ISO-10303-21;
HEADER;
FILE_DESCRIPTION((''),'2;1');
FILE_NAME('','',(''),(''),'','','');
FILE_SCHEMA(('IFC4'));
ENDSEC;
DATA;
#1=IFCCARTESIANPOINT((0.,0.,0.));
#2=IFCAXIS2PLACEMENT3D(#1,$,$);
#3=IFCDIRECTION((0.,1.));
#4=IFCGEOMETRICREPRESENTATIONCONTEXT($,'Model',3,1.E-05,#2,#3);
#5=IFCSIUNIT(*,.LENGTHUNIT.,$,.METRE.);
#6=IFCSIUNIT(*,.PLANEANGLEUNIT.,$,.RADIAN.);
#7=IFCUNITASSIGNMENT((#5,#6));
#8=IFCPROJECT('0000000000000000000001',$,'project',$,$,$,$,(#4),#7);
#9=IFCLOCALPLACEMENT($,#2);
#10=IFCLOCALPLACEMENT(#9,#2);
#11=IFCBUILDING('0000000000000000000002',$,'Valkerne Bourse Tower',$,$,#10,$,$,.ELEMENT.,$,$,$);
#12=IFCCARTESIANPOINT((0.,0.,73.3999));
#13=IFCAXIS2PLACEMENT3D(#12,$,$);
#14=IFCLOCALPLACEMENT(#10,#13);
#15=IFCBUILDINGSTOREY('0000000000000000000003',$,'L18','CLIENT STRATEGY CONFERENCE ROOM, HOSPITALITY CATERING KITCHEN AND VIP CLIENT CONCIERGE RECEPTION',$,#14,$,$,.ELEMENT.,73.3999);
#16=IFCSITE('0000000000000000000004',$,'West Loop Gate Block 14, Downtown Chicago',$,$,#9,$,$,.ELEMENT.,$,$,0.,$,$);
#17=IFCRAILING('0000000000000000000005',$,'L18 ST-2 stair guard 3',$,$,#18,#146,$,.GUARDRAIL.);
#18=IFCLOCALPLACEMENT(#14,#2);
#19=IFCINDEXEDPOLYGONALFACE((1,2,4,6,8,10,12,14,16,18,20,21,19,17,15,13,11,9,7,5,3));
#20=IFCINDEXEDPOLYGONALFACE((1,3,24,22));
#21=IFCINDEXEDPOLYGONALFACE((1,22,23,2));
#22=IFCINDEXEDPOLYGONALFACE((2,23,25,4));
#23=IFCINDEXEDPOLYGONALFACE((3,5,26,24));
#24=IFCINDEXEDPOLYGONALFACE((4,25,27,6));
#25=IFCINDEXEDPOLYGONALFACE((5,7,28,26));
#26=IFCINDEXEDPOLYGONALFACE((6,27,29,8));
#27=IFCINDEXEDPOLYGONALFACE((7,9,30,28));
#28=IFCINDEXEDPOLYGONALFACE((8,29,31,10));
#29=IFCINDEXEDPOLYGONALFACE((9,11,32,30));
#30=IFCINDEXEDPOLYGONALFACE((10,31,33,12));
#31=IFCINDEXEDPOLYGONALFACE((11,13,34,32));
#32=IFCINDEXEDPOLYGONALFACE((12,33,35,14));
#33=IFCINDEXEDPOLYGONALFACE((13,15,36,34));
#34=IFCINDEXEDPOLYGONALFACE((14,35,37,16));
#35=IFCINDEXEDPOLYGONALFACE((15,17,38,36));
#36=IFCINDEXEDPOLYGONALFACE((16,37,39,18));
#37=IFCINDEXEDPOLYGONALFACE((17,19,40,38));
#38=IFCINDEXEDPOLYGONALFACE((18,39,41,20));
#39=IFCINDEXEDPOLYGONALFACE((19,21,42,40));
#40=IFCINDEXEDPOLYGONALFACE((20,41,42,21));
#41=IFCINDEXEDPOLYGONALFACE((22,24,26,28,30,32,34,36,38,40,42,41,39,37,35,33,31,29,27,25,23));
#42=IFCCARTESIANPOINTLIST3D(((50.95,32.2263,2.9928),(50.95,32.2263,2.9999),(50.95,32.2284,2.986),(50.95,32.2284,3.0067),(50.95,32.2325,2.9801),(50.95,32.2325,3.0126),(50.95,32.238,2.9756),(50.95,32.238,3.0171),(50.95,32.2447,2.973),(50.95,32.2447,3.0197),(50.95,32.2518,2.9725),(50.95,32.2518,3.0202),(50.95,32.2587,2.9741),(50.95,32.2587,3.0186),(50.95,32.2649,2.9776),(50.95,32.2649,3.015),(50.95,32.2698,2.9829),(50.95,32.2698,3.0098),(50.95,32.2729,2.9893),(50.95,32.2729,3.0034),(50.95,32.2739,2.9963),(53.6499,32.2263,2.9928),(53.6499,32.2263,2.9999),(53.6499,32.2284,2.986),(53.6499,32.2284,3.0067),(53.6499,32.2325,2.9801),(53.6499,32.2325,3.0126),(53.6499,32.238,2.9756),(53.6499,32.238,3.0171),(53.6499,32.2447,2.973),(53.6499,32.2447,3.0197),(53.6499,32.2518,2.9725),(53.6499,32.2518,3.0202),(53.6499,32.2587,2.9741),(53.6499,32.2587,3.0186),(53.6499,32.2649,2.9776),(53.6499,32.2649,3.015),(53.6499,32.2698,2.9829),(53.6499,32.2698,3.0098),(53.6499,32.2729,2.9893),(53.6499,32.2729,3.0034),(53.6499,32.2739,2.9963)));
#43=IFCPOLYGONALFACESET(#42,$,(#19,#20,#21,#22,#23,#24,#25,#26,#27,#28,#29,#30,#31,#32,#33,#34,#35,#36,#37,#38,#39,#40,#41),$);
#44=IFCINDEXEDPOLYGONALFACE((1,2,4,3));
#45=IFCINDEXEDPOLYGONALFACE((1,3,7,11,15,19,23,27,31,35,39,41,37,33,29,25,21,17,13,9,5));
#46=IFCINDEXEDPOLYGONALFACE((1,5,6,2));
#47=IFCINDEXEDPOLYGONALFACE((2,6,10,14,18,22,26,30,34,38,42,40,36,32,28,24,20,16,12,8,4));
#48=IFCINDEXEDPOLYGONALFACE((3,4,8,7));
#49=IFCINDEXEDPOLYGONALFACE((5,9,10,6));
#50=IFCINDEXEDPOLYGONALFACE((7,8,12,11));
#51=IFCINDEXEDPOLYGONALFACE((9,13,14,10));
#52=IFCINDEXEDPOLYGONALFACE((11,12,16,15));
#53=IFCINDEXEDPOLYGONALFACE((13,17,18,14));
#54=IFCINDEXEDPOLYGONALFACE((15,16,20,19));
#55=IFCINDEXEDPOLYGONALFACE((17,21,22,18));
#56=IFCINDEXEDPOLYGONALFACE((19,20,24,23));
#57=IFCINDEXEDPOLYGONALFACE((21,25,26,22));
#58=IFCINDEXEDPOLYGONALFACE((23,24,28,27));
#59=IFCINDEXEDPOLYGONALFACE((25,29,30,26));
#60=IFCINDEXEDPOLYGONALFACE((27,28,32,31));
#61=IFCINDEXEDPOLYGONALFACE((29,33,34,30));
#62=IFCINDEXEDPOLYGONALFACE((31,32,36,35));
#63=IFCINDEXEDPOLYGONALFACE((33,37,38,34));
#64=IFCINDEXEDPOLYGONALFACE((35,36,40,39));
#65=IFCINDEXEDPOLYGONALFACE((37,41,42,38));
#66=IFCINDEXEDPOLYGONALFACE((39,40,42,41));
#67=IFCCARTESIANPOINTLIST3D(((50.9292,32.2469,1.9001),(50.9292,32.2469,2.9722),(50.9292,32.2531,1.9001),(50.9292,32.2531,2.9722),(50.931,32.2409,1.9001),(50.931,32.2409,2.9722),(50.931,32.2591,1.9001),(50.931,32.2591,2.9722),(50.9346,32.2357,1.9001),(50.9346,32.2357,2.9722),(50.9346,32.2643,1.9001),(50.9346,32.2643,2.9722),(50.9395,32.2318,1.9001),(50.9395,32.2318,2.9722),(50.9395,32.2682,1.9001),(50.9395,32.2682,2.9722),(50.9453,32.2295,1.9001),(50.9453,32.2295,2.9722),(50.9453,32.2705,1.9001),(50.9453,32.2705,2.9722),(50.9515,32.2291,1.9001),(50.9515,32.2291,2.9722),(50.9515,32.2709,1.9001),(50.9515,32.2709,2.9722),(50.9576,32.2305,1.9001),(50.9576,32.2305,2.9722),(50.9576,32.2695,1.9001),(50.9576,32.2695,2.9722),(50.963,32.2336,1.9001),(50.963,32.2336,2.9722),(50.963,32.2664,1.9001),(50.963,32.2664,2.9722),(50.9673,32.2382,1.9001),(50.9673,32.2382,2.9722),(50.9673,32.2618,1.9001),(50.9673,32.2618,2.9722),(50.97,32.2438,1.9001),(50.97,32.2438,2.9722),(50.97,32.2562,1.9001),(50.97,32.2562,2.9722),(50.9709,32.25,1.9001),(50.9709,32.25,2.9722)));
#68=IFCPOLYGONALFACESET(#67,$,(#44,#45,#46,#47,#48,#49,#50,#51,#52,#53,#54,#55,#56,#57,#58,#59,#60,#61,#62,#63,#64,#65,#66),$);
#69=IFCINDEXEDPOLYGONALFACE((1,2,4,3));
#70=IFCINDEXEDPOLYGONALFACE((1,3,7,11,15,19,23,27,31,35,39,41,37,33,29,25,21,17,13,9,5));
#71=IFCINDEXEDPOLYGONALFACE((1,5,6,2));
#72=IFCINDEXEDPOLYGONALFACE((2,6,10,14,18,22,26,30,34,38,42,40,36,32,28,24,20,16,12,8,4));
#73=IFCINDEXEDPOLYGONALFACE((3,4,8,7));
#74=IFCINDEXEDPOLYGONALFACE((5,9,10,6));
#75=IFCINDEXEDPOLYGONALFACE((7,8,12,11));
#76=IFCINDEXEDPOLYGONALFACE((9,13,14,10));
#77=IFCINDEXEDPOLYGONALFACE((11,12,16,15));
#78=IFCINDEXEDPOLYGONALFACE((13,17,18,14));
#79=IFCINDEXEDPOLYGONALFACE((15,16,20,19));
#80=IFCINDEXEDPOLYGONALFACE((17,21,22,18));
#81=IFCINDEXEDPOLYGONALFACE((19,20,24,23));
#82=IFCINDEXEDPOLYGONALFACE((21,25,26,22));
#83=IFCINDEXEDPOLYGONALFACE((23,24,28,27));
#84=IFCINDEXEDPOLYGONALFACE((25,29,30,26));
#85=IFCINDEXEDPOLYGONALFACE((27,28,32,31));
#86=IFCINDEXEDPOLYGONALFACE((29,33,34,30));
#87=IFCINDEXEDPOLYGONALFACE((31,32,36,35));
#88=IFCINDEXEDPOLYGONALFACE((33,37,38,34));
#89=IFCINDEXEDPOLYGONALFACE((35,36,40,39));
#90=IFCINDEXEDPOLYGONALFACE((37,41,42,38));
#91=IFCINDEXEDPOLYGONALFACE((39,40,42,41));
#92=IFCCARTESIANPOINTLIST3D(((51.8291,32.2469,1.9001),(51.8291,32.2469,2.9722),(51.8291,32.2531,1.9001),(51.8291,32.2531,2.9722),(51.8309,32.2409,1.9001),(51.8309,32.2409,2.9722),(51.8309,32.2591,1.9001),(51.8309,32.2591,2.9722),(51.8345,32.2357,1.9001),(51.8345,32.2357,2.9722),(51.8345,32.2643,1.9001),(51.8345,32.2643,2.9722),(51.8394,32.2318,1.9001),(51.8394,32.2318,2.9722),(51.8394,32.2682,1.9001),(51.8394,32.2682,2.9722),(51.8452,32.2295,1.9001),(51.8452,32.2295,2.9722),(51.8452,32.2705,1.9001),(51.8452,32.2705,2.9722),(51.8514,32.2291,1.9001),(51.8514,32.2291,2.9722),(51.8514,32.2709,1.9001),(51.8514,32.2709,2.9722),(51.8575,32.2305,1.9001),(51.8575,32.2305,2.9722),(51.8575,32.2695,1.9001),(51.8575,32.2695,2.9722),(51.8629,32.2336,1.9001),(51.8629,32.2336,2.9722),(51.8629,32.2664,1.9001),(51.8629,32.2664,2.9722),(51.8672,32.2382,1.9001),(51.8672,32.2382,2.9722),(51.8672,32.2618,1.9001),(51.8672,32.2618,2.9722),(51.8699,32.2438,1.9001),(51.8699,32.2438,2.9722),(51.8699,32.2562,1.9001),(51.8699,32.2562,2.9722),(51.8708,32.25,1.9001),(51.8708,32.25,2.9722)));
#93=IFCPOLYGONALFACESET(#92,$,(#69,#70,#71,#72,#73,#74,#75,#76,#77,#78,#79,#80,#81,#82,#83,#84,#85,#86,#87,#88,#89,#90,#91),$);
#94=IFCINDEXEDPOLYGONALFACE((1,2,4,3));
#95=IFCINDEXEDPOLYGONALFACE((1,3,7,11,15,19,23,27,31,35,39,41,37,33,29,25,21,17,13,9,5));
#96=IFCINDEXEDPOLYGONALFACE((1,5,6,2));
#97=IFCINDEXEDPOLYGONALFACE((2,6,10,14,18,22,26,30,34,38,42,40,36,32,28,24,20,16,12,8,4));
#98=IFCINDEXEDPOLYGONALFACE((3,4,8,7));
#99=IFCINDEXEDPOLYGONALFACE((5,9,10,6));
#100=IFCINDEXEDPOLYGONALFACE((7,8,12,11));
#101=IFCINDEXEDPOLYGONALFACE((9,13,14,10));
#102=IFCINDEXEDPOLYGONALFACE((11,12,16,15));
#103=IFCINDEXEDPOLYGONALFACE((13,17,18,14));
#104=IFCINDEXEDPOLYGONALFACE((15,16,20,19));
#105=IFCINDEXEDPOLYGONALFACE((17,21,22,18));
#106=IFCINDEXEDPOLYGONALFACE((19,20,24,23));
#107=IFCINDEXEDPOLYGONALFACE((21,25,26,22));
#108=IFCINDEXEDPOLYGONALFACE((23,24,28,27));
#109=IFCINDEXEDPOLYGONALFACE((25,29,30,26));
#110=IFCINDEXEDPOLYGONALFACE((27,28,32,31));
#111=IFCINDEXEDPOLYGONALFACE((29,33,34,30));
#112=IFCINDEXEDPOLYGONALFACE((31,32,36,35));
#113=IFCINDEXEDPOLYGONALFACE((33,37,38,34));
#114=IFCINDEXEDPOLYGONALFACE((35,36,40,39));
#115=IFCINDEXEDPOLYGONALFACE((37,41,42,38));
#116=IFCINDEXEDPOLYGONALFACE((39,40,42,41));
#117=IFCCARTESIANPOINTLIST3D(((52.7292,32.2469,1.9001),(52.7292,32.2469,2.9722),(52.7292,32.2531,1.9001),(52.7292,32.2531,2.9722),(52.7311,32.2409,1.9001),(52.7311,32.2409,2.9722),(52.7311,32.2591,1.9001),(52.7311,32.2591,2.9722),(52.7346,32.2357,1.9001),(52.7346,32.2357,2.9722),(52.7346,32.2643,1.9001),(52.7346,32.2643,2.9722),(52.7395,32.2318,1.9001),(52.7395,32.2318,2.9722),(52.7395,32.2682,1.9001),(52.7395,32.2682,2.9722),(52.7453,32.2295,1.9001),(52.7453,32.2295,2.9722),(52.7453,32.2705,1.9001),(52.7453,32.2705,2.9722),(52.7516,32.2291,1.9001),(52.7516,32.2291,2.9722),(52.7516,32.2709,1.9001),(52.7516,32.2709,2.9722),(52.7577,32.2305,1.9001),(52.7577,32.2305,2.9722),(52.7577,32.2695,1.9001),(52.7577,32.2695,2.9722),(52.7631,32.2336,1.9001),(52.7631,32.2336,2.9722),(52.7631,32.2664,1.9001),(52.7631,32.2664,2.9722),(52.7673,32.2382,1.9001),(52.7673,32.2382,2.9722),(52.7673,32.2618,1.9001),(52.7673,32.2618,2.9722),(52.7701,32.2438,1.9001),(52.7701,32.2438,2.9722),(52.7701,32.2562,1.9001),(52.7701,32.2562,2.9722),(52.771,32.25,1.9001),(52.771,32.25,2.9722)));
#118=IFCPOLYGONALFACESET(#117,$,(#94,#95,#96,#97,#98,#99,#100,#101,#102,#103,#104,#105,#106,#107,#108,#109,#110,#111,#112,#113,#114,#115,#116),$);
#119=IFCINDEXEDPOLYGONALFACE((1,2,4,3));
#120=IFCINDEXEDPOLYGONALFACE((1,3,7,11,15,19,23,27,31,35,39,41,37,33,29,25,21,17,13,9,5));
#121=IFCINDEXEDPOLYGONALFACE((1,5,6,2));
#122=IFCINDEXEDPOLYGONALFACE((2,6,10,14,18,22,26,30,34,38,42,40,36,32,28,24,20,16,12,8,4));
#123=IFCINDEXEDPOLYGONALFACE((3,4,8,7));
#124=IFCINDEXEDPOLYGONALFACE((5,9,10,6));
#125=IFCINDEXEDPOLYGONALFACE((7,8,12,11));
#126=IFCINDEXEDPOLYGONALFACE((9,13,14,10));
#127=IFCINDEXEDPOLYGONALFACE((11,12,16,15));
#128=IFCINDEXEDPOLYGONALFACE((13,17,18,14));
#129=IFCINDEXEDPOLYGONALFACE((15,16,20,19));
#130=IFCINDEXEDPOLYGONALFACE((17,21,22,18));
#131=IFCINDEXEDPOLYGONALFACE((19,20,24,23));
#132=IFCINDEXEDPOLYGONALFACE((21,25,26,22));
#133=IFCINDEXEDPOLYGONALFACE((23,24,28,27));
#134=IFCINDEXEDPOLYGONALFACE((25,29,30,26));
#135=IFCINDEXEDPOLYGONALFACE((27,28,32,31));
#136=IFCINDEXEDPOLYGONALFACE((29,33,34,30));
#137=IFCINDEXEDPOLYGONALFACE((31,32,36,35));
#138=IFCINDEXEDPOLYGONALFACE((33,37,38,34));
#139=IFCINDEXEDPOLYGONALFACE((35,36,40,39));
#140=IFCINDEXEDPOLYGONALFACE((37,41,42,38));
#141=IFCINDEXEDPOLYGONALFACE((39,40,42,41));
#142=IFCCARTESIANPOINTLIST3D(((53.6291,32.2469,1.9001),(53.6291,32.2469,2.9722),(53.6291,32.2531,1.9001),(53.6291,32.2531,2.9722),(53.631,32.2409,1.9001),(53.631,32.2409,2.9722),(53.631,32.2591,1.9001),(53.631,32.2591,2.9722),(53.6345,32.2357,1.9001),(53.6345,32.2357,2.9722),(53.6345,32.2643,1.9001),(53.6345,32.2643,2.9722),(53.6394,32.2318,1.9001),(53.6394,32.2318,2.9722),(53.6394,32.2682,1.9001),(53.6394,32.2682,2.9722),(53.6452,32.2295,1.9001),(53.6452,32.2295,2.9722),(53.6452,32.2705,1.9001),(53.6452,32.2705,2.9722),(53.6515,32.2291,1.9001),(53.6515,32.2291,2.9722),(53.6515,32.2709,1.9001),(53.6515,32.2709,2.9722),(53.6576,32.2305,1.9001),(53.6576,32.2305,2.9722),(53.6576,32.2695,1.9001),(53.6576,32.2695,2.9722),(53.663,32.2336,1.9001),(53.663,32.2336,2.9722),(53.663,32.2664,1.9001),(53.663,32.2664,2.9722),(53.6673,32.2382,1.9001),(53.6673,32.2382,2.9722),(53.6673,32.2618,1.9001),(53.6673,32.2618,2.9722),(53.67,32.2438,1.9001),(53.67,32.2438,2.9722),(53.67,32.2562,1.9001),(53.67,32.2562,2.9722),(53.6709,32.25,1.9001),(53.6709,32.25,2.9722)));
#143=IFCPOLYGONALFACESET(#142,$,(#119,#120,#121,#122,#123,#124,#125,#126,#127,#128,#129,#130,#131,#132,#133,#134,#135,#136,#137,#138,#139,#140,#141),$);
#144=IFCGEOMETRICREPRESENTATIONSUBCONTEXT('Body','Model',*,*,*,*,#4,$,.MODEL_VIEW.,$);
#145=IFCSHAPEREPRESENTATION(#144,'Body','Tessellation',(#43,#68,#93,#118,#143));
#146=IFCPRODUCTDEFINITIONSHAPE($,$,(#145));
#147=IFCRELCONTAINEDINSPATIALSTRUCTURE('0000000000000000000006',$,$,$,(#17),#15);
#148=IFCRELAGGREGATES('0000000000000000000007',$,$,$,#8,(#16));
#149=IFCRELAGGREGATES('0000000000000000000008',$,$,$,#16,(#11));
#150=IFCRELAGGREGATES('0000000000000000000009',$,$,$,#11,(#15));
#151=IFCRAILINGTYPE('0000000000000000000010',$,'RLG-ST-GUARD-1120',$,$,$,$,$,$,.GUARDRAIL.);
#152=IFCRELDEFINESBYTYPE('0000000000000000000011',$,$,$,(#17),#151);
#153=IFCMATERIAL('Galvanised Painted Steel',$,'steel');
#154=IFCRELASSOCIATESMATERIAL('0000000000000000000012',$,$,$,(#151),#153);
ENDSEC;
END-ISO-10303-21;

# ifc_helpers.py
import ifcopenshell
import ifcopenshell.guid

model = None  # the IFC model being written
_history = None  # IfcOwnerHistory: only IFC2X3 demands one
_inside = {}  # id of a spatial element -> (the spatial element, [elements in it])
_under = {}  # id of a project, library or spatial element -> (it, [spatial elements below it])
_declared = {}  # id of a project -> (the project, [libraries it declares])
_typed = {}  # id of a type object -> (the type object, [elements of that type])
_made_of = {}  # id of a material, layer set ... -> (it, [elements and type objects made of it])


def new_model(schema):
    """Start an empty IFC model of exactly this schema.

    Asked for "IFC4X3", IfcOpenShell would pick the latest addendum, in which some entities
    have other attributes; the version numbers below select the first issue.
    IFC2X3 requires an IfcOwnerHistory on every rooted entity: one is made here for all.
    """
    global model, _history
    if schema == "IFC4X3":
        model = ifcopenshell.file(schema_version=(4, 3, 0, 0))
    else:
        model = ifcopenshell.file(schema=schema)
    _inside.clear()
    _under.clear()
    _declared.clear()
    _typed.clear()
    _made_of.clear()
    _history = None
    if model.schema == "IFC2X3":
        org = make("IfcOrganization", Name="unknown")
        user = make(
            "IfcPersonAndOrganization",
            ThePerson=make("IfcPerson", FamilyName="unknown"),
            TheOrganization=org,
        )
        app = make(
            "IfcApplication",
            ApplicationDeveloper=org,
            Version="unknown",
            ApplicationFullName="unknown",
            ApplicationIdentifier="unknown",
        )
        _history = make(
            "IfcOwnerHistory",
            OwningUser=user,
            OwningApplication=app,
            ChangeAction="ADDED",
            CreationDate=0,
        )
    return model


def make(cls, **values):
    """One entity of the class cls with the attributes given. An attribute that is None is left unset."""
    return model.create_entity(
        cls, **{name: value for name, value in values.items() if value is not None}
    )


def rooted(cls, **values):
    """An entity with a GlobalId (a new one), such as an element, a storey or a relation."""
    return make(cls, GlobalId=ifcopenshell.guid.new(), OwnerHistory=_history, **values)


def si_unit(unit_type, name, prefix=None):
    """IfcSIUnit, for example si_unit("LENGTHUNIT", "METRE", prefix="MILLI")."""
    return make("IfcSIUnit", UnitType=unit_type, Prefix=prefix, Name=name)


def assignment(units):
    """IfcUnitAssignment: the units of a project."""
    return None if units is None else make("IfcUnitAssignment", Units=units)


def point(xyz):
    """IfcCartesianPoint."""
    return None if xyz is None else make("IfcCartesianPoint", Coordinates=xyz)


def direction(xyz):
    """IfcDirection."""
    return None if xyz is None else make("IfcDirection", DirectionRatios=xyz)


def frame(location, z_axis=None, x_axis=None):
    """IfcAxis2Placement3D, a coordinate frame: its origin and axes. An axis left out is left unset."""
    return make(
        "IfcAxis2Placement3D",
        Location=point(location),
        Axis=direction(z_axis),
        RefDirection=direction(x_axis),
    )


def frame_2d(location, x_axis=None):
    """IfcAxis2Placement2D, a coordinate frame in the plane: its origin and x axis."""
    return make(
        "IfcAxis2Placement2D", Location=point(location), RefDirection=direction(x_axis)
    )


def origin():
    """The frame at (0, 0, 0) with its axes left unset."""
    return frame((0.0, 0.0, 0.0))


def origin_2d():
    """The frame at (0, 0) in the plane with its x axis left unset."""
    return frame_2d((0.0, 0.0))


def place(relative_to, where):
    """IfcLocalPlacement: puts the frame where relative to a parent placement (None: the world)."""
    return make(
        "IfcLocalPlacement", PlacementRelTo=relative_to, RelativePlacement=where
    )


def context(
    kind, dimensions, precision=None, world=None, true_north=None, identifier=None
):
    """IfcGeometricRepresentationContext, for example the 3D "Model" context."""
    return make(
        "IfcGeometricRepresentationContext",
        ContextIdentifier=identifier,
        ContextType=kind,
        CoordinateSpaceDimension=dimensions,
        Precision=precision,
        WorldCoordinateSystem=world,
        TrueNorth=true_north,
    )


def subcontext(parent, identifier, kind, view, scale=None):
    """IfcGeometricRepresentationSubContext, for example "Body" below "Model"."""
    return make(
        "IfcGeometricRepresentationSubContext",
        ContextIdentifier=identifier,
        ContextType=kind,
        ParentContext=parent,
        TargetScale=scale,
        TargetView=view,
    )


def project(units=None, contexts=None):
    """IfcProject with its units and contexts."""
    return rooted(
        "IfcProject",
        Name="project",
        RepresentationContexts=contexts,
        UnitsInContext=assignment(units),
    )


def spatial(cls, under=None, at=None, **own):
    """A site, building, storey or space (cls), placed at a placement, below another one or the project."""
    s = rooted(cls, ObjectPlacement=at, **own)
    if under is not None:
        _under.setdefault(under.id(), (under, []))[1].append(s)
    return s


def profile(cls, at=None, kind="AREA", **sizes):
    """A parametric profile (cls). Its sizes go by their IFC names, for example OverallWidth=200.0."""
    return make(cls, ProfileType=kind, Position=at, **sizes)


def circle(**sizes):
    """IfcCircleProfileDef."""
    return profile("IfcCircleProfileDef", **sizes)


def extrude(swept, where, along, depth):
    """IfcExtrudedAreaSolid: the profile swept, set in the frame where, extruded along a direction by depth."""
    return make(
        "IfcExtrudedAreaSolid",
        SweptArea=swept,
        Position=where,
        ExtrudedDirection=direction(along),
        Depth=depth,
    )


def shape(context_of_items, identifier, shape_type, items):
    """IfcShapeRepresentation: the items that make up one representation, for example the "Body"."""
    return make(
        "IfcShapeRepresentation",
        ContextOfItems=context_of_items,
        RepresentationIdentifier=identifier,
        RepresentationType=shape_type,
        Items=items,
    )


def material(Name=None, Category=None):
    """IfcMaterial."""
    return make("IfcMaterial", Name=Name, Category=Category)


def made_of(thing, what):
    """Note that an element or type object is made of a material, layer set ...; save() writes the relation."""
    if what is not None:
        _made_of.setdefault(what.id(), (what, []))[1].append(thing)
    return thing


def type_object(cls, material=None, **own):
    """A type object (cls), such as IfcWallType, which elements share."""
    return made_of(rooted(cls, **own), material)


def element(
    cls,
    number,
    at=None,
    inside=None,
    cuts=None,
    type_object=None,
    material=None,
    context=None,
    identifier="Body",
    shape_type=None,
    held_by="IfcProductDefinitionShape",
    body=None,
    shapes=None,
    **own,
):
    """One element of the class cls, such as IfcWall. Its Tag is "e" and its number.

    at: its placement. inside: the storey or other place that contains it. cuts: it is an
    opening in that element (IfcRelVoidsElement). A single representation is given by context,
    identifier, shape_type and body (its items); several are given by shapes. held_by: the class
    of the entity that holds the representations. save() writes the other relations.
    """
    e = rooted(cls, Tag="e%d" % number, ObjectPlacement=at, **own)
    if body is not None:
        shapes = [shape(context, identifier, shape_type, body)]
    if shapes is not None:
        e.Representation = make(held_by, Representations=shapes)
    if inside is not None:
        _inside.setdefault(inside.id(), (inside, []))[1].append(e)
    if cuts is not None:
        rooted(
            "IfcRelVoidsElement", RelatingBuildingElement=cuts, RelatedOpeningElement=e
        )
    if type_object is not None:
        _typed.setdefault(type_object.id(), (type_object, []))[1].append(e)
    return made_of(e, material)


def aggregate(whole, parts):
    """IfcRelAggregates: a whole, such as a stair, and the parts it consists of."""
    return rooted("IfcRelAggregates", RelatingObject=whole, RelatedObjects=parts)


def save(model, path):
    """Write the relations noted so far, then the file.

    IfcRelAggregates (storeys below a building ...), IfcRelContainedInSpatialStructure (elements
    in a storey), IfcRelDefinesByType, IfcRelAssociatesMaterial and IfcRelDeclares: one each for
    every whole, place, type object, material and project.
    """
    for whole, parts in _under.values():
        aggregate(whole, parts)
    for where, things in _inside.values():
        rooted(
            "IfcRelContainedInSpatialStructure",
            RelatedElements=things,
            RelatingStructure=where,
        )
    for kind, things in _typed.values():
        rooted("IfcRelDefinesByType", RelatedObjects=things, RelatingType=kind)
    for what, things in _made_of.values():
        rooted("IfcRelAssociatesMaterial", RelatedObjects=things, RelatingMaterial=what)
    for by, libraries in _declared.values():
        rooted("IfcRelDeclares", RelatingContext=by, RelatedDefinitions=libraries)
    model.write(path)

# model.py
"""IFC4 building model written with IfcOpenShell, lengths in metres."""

from ifc_helpers import new_model, si_unit, direction, frame, origin, origin_2d, place, context, subcontext, project, spatial, circle, extrude, material, type_object, element, save


model = new_model("IFC4")

# Units and contexts
model_context = context("Model", 3, precision=1e-05, world=origin(), true_north=direction((0.0, 1.0)))
body_context = subcontext(model_context, "Body", "Model", "MODEL_VIEW")
ifc_project = project(units=[si_unit("LENGTHUNIT", "METRE"), si_unit("PLANEANGLEUNIT", "RADIAN")], contexts=[model_context])

# Site, building, storey
site_placement = place(None, origin())
site = spatial("IfcSite", under=ifc_project, at=site_placement, Name="West Loop Gate Block 14, Downtown Chicago", CompositionType="ELEMENT", RefElevation=0.0)
building_placement = place(site_placement, origin())
building = spatial("IfcBuilding", under=site, at=building_placement, Name="Valkerne Bourse Tower", CompositionType="ELEMENT")
storey_placement = place(building_placement, frame((0.0, 0.0, 73.3999)))
storey = spatial("IfcBuildingStorey", under=building, at=storey_placement, Name="L18", Description="CLIENT STRATEGY CONFERENCE ROOM, HOSPITALITY CATERING KITCHEN AND VIP CLIENT CONCIERGE RECEPTION", CompositionType="ELEMENT", Elevation=73.3999)

# Railing
ifc_material_1 = material(Name="Galvanised Painted Steel", Category="steel")
railing_type_1 = type_object("IfcRailingType", Name="RLG-ST-GUARD-1120", PredefinedType="GUARDRAIL", material=ifc_material_1)
for number, where, name in (
    (1, (50.95, 32.25, 1.9001), "L18 ST-2 stair guard 3"),
):
    element("IfcRailing", number, at=place(storey_placement, frame(where)), inside=storey, type_object=railing_type_1, Name=name, PredefinedType="GUARDRAIL", context=body_context, shape_type="SweptSolid", body=[
        extrude(circle(Radius=0.0239, at=origin_2d()), frame((0.0, 0.0, 1.0962), z_axis=(1.0, 0.0, 0.0), x_axis=(0.0, 1.0, 0.0)), (0.0, 0.0, 1.0), 2.7),
        extrude(circle(Radius=0.021, at=origin_2d()), origin(), (0.0, 0.0, 1.0), 1.072),
        extrude(circle(Radius=0.021, at=origin_2d()), frame((0.8999, 0.0, 0.0)), (0.0, 0.0, 1.0), 1.072),
        extrude(circle(Radius=0.021, at=origin_2d()), frame((1.8, 0.0, 0.0)), (0.0, 0.0, 1.0), 1.072),
        extrude(circle(Radius=0.021, at=origin_2d()), frame((2.7, 0.0, 0.0)), (0.0, 0.0, 1.0), 1.072),
    ])

save(model, "model.ifc")
